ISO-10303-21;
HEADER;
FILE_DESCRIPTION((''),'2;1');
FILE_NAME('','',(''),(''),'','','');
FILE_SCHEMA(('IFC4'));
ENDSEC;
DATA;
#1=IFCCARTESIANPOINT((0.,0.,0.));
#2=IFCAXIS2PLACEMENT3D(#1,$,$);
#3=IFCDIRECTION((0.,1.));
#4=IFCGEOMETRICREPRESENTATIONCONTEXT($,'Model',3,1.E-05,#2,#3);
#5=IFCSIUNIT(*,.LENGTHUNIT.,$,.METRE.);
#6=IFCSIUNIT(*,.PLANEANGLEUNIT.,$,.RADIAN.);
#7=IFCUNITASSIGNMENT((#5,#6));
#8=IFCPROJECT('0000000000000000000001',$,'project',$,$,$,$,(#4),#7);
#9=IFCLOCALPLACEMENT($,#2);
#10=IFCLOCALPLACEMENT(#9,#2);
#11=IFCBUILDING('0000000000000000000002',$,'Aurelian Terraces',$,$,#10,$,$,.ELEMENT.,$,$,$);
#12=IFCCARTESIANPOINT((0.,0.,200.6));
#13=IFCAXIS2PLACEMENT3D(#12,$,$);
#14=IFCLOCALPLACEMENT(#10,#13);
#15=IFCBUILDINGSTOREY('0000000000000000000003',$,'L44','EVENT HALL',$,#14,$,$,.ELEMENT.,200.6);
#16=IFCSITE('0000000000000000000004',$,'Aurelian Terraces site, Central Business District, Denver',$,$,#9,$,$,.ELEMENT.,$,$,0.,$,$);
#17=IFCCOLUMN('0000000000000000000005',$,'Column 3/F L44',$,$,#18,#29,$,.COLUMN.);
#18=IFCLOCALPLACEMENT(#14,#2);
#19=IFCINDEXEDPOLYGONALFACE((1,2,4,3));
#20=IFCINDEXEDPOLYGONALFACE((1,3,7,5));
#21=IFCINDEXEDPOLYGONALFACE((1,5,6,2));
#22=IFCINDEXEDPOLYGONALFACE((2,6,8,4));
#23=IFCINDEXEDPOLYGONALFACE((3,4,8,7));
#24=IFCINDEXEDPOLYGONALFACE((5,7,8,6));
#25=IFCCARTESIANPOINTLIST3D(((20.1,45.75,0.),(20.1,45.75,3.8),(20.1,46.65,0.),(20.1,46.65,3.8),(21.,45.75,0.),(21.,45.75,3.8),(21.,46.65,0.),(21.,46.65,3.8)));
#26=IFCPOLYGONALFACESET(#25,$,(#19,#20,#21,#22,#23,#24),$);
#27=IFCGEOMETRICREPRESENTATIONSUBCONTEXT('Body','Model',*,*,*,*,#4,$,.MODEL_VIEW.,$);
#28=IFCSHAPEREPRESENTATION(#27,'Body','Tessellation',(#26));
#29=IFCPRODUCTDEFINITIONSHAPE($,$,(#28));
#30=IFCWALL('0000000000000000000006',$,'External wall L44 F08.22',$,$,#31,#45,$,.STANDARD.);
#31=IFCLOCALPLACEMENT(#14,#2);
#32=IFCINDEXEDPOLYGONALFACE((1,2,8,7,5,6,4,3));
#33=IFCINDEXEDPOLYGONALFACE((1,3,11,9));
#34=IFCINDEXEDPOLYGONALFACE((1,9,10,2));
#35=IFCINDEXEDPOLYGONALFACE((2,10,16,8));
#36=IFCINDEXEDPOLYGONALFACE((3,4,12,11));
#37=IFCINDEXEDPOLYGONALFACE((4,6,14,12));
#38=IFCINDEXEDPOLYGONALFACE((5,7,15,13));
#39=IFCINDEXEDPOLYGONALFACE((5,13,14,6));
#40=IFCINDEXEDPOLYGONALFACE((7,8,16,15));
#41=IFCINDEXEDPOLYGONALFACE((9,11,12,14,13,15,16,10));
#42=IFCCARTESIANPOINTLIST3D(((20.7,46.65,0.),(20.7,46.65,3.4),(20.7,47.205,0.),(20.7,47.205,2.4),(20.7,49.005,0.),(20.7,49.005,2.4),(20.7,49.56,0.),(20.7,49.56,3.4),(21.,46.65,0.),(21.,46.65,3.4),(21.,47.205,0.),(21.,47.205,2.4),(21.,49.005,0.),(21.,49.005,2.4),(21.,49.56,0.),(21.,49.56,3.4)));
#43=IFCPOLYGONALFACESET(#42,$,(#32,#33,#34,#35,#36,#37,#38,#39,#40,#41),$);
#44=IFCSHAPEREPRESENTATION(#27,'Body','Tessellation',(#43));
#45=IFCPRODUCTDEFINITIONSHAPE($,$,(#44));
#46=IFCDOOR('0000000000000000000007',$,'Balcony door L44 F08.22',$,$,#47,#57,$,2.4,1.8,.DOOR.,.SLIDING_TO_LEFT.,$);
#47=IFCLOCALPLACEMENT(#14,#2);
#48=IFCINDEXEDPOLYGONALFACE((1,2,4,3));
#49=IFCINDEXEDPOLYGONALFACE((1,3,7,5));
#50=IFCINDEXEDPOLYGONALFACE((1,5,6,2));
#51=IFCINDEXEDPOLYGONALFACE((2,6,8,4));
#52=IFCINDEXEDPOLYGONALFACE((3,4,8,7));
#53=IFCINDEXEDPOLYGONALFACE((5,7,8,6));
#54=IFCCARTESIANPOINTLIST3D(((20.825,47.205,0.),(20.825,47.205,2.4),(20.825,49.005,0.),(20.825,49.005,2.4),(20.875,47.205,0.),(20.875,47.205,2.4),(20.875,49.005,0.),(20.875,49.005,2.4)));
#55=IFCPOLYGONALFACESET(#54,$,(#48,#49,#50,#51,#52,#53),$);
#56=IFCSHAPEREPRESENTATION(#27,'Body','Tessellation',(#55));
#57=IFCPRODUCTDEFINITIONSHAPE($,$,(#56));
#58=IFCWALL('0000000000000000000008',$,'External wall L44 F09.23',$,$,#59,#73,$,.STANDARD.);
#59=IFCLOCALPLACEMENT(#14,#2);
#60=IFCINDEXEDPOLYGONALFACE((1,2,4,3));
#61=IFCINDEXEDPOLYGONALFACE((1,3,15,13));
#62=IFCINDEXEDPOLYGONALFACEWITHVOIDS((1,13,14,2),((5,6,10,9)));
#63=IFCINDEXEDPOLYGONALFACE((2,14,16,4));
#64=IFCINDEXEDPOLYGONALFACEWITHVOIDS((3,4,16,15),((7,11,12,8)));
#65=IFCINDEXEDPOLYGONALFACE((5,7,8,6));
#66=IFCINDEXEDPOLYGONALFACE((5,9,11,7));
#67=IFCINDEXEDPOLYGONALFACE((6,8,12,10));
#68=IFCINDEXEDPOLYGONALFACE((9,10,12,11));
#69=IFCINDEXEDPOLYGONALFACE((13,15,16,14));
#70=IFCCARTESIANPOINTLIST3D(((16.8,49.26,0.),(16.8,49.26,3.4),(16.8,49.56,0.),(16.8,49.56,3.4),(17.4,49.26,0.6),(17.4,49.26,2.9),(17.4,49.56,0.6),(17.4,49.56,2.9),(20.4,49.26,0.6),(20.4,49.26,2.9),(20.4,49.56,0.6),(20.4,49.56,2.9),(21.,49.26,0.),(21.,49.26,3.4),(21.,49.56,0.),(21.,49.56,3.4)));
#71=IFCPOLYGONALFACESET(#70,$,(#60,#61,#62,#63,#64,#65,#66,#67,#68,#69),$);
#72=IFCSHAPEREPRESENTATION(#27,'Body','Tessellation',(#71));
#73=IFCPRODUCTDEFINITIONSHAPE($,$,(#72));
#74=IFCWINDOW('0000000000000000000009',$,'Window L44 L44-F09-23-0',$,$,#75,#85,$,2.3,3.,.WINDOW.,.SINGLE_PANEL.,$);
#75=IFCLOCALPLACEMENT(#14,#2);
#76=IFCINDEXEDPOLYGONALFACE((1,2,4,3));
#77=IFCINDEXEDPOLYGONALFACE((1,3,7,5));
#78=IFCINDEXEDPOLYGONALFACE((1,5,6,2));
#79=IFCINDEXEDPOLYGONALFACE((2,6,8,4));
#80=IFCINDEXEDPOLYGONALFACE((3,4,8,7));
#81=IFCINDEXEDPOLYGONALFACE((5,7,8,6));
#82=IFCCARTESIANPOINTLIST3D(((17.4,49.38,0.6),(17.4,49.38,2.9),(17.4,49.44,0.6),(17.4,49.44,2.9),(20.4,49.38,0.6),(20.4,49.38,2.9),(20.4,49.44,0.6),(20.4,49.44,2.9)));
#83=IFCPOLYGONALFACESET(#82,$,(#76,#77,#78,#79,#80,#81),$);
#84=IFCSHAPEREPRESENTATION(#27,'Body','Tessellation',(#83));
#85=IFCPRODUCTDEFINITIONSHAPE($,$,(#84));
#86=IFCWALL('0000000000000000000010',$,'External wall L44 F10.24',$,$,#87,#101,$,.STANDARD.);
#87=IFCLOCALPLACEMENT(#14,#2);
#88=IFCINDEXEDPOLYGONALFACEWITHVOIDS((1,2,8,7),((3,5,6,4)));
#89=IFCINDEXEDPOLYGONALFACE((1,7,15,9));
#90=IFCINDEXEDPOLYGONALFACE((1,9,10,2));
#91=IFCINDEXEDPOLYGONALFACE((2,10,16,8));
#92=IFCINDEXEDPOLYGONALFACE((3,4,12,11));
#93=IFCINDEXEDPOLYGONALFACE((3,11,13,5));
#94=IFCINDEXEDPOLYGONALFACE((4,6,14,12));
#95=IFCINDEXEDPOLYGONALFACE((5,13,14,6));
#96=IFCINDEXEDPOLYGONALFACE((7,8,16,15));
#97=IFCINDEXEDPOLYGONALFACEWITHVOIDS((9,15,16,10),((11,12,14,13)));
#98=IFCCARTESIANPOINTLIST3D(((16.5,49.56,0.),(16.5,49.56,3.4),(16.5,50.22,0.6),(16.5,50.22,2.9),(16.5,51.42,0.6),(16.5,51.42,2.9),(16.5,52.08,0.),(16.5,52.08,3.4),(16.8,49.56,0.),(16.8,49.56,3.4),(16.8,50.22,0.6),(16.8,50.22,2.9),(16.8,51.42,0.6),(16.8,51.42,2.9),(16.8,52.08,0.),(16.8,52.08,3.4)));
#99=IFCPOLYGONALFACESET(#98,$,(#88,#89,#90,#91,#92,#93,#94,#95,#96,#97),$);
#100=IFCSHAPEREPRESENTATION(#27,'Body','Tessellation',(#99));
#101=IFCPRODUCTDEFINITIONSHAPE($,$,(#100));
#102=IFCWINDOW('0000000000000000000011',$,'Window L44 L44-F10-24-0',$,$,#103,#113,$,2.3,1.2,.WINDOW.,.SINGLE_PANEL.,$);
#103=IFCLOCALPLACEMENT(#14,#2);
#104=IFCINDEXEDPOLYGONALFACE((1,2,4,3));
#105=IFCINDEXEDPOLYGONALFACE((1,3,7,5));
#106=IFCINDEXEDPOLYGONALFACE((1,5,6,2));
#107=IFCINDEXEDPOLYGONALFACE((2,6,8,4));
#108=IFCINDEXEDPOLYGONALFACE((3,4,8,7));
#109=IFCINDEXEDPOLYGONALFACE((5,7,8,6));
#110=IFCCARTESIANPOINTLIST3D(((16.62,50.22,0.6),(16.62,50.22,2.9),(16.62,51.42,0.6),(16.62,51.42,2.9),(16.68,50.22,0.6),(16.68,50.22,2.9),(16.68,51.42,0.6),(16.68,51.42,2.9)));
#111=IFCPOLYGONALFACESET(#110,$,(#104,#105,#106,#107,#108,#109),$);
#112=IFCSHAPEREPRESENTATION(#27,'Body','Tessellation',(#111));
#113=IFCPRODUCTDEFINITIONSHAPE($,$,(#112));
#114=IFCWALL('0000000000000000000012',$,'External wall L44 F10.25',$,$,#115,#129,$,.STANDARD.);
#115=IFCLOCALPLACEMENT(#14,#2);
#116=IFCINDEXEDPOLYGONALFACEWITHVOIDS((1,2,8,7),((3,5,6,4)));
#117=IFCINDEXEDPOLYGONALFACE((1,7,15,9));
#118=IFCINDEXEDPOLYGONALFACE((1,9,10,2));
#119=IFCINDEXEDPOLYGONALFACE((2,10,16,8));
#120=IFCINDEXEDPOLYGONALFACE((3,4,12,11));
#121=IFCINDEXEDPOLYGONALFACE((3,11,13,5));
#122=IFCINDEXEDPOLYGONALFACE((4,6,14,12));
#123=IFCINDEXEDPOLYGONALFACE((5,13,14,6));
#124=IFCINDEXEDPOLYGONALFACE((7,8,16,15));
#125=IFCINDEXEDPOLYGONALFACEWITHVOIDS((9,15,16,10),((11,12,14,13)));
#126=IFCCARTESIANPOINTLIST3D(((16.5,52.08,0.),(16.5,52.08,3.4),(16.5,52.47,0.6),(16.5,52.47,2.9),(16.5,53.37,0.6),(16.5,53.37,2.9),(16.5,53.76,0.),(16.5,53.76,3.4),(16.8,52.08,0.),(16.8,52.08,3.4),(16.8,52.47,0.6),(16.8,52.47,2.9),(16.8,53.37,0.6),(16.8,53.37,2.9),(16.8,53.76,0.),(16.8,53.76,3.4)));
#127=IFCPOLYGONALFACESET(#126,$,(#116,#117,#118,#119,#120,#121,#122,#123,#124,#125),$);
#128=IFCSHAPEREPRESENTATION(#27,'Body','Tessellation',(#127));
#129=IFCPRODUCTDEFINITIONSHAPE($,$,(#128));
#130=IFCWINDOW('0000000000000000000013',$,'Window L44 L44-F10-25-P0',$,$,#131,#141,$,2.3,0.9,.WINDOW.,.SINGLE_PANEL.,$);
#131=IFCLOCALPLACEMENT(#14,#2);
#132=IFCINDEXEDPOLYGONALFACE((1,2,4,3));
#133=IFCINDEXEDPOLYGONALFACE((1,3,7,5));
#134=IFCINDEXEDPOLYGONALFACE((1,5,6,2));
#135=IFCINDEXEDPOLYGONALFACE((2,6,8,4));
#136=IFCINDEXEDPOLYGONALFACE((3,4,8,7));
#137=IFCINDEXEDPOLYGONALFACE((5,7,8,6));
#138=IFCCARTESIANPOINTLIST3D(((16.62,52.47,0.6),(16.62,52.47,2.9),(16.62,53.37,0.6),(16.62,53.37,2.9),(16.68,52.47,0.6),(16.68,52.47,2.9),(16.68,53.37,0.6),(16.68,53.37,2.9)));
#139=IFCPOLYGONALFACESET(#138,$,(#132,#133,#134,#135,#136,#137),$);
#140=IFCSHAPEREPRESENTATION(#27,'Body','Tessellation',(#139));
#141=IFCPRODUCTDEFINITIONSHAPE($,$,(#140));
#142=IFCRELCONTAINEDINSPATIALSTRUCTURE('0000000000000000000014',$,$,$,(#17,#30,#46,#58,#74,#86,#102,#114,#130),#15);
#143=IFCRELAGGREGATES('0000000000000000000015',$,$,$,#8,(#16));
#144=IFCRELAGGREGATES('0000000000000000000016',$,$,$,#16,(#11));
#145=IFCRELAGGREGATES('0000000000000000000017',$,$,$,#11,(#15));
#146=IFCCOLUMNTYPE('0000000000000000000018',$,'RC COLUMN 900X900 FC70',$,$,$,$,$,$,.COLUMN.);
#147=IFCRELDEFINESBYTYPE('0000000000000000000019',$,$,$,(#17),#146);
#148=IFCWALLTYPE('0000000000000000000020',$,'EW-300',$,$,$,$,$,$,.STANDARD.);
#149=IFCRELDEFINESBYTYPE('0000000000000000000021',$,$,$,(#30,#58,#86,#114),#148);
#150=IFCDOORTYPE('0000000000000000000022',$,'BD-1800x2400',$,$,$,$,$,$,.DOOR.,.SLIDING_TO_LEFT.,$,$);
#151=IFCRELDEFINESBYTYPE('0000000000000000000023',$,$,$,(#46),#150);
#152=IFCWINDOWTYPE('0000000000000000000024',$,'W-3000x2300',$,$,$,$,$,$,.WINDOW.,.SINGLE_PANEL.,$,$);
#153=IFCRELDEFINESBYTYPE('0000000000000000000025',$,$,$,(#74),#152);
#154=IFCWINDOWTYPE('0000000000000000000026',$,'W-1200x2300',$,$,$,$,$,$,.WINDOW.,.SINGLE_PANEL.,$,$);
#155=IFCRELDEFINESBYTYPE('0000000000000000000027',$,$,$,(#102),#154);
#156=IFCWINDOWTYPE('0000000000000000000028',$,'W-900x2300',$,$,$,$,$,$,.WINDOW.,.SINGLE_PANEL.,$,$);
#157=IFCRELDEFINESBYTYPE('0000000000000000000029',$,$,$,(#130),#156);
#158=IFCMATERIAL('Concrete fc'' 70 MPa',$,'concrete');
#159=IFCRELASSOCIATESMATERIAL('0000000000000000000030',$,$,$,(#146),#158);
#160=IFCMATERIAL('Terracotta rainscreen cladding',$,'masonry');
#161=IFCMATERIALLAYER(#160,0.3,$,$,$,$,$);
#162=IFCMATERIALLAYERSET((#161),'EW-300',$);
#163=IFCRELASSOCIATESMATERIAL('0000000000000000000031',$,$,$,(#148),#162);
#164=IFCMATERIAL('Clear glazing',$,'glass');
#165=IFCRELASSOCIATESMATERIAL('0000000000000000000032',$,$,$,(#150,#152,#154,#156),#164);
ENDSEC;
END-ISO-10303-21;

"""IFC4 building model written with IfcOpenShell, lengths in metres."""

from ifc_helpers import new_model, si_unit, direction, frame, frame_2d, origin, origin_2d, place, context, subcontext, project, spatial, rectangle, extrude, source, transform, mapped, material, layer, layer_set, material_profile, profile_set, type_object, element, fill, save


model = new_model("IFC4")

# Units and contexts
model_context = context("Model", 3, precision=1e-05, world=origin(), true_north=direction((0.0, 1.0)))
body_context = subcontext(model_context, "Body", "Model", "MODEL_VIEW")
ifc_project = project(units=[si_unit("LENGTHUNIT", "METRE"), si_unit("PLANEANGLEUNIT", "RADIAN")], contexts=[model_context])

# Site, building, storey
site_placement = place(None, origin())
site = spatial("IfcSite", under=ifc_project, at=site_placement, Name="Aurelian Terraces site, Central Business District, Denver", CompositionType="ELEMENT", RefElevation=0.0)
building_placement = place(site_placement, origin())
building = spatial("IfcBuilding", under=site, at=building_placement, Name="Aurelian Terraces", CompositionType="ELEMENT")
storey_placement = place(building_placement, frame((0.0, 0.0, 200.6)))
storey = spatial("IfcBuildingStorey", under=building, at=storey_placement, Name="L44", Description="EVENT HALL", CompositionType="ELEMENT", Elevation=200.6)

# Column
ifc_material_1 = material(Name="Concrete fc' 70 MPa", Category="concrete")
ifc_material_profile = material_profile(ifc_material_1, rectangle(XDim=0.9, YDim=0.9, at=origin_2d()))
ifc_profile_set = profile_set([ifc_material_profile], Name="Concrete fc' 70 MPa")
column_type = type_object("IfcColumnType", Name="RC COLUMN 900X900 FC70", PredefinedType="COLUMN", material=ifc_profile_set)
shared_shape_1 = source(origin(), body_context, "Body", "SweptSolid", [
    extrude(rectangle(XDim=0.9, YDim=0.9, at=origin_2d()), origin(), (0.0, 0.0, 1.0), 3.8),
])
column_placement = place(storey_placement, frame((20.55, 46.2, 0.0), z_axis=(0.0, 0.0, 1.0), x_axis=(1.0, 0.0, 0.0)))
element("IfcColumn", 1, at=column_placement, inside=storey, type_object=column_type, Name="Column 3/F L44", PredefinedType="COLUMN", context=body_context, shape_type="MappedRepresentation", body=[
    mapped(shared_shape_1, transform((0.0, 0.0, 0.0), scale=1.0)),
])

# Wall, opening, door
ifc_material_2 = material(Name="Terracotta rainscreen cladding", Category="masonry")
ifc_layer_1 = layer(ifc_material_2, 0.3)
ifc_layer_set_1 = layer_set([ifc_layer_1], Name="EW-300")
wall_type_1 = type_object("IfcWallType", Name="EW-300", PredefinedType="STANDARD", material=ifc_layer_set_1)
shared_shape_2 = source(origin(), body_context, "Body", "SweptSolid", [
    extrude(rectangle(XDim=2.91, YDim=0.3, at=frame_2d((1.455, 0.0))), origin(), (0.0, 0.0, 1.0), 3.4),
])
wall_1_placement = place(storey_placement, frame((20.85, 46.65, 0.0), z_axis=(0.0, 0.0, 1.0), x_axis=(0.0, 1.0, 0.0)))
wall_1 = element("IfcWall", 2, at=wall_1_placement, inside=storey, type_object=wall_type_1, Name="External wall L44 F08.22", PredefinedType="STANDARD", context=body_context, shape_type="MappedRepresentation", body=[
    mapped(shared_shape_2, transform((0.0, 0.0, 0.0), scale=1.0)),
])
shared_shape_3 = source(origin(), body_context, "Body", "SweptSolid", [
    extrude(rectangle(XDim=1.8, YDim=2.4, at=frame_2d((0.9, 1.2))), frame((0.0, 0.16, 0.0), z_axis=(0.0, -1.0, 0.0), x_axis=(1.0, 0.0, 0.0)), (0.0, 0.0, 1.0), 0.32),
])
opening_1_placement = place(wall_1_placement, frame((0.555, 0.0, 0.0)))
opening_1 = element("IfcOpeningElement", 3, at=opening_1_placement, cuts=wall_1, PredefinedType="OPENING", context=body_context, shape_type="MappedRepresentation", body=[
    mapped(shared_shape_3, transform((0.0, 0.0, 0.0), scale=1.0)),
])
ifc_material_3 = material(Name="Clear glazing", Category="glass")
door_type_1 = type_object("IfcDoorType", Name="BD-1800x2400", OperationType="SLIDING_TO_LEFT", PredefinedType="DOOR", material=ifc_material_3)
shared_shape_4 = source(origin(), body_context, "Body", "SweptSolid", [
    extrude(rectangle(XDim=1.8, YDim=2.4, at=frame_2d((0.9, 1.2))), frame((0.0, 0.025, 0.0), z_axis=(0.0, -1.0, 0.0), x_axis=(1.0, 0.0, 0.0)), (0.0, 0.0, 1.0), 0.05),
])
door_1_placement = place(opening_1_placement, origin())
door_1 = element("IfcDoor", 4, at=door_1_placement, inside=storey, type_object=door_type_1, Name="Balcony door L44 F08.22", OperationType="SLIDING_TO_LEFT", OverallHeight=2.4, OverallWidth=1.8, PredefinedType="DOOR", context=body_context, shape_type="MappedRepresentation", body=[
    mapped(shared_shape_4, transform((0.0, 0.0, 0.0), scale=1.0)),
])
fill(opening_1, door_1)

# Walls, openings, windows
shared_shape_5 = source(origin(), body_context, "Body", "SweptSolid", [
    extrude(rectangle(XDim=4.2, YDim=0.3, at=frame_2d((2.1, 0.0))), origin(), (0.0, 0.0, 1.0), 3.4),
])
wall_2_placement = place(storey_placement, frame((21.0, 49.41, 0.0), z_axis=(0.0, 0.0, 1.0), x_axis=(-1.0, 0.0, 0.0)))
wall_2 = element("IfcWall", 5, at=wall_2_placement, inside=storey, type_object=wall_type_1, Name="External wall L44 F09.23", PredefinedType="STANDARD", context=body_context, shape_type="MappedRepresentation", body=[
    mapped(shared_shape_5, transform((0.0, 0.0, 0.0), scale=1.0)),
])
shared_shape_6 = source(origin(), body_context, "Body", "SweptSolid", [
    extrude(rectangle(XDim=3.0, YDim=2.3, at=frame_2d((1.5, 1.15))), frame((0.0, 0.16, 0.0), z_axis=(0.0, -1.0, 0.0), x_axis=(1.0, 0.0, 0.0)), (0.0, 0.0, 1.0), 0.32),
])
opening_2_placement = place(wall_2_placement, frame((0.6, 0.0, 0.6)))
opening_2 = element("IfcOpeningElement", 6, at=opening_2_placement, cuts=wall_2, PredefinedType="OPENING", context=body_context, shape_type="MappedRepresentation", body=[
    mapped(shared_shape_6, transform((0.0, 0.0, 0.0), scale=1.0)),
])
window_type_1 = type_object("IfcWindowType", Name="W-3000x2300", PartitioningType="SINGLE_PANEL", PredefinedType="WINDOW", material=ifc_material_3)
shared_shape_7 = source(origin(), body_context, "Body", "SweptSolid", [
    extrude(rectangle(XDim=3.0, YDim=2.3, at=frame_2d((1.5, 1.15))), frame((0.0, 0.03, 0.0), z_axis=(0.0, -1.0, 0.0), x_axis=(1.0, 0.0, 0.0)), (0.0, 0.0, 1.0), 0.06),
])
window_1_placement = place(opening_2_placement, origin())
window_1 = element("IfcWindow", 7, at=window_1_placement, inside=storey, type_object=window_type_1, Name="Window L44 L44-F09-23-0", OverallHeight=2.3, OverallWidth=3.0, PartitioningType="SINGLE_PANEL", PredefinedType="WINDOW", context=body_context, shape_type="MappedRepresentation", body=[
    mapped(shared_shape_7, transform((0.0, 0.0, 0.0), scale=1.0)),
])
fill(opening_2, window_1)
shared_shape_8 = source(origin(), body_context, "Body", "SweptSolid", [
    extrude(rectangle(XDim=2.52, YDim=0.3, at=frame_2d((1.26, 0.0))), origin(), (0.0, 0.0, 1.0), 3.4),
])
wall_3_placement = place(storey_placement, frame((16.65, 49.56, 0.0), z_axis=(0.0, 0.0, 1.0), x_axis=(0.0, 1.0, 0.0)))
wall_3 = element("IfcWall", 8, at=wall_3_placement, inside=storey, type_object=wall_type_1, Name="External wall L44 F10.24", PredefinedType="STANDARD", context=body_context, shape_type="MappedRepresentation", body=[
    mapped(shared_shape_8, transform((0.0, 0.0, 0.0), scale=1.0)),
])
shared_shape_9 = source(origin(), body_context, "Body", "SweptSolid", [
    extrude(rectangle(XDim=1.2, YDim=2.3, at=frame_2d((0.6, 1.15))), frame((0.0, 0.16, 0.0), z_axis=(0.0, -1.0, 0.0), x_axis=(1.0, 0.0, 0.0)), (0.0, 0.0, 1.0), 0.32),
])
opening_3_placement = place(wall_3_placement, frame((0.66, 0.0, 0.6)))
opening_3 = element("IfcOpeningElement", 9, at=opening_3_placement, cuts=wall_3, PredefinedType="OPENING", context=body_context, shape_type="MappedRepresentation", body=[
    mapped(shared_shape_9, transform((0.0, 0.0, 0.0), scale=1.0)),
])
window_type_2 = type_object("IfcWindowType", Name="W-1200x2300", PartitioningType="SINGLE_PANEL", PredefinedType="WINDOW", material=ifc_material_3)
shared_shape_10 = source(origin(), body_context, "Body", "SweptSolid", [
    extrude(rectangle(XDim=1.2, YDim=2.3, at=frame_2d((0.6, 1.15))), frame((0.0, 0.03, 0.0), z_axis=(0.0, -1.0, 0.0), x_axis=(1.0, 0.0, 0.0)), (0.0, 0.0, 1.0), 0.06),
])
window_2_placement = place(opening_3_placement, origin())
window_2 = element("IfcWindow", 10, at=window_2_placement, inside=storey, type_object=window_type_2, Name="Window L44 L44-F10-24-0", OverallHeight=2.3, OverallWidth=1.2, PartitioningType="SINGLE_PANEL", PredefinedType="WINDOW", context=body_context, shape_type="MappedRepresentation", body=[
    mapped(shared_shape_10, transform((0.0, 0.0, 0.0), scale=1.0)),
])
fill(opening_3, window_2)
shared_shape_11 = source(origin(), body_context, "Body", "SweptSolid", [
    extrude(rectangle(XDim=1.68, YDim=0.3, at=frame_2d((0.84, 0.0))), origin(), (0.0, 0.0, 1.0), 3.4),
])
wall_4_placement = place(storey_placement, frame((16.65, 52.08, 0.0), z_axis=(0.0, 0.0, 1.0), x_axis=(0.0, 1.0, 0.0)))
wall_4 = element("IfcWall", 11, at=wall_4_placement, inside=storey, type_object=wall_type_1, Name="External wall L44 F10.25", PredefinedType="STANDARD", context=body_context, shape_type="MappedRepresentation", body=[
    mapped(shared_shape_11, transform((0.0, 0.0, 0.0), scale=1.0)),
])
shared_shape_12 = source(origin(), body_context, "Body", "SweptSolid", [
    extrude(rectangle(XDim=0.9, YDim=2.3, at=frame_2d((0.45, 1.15))), frame((0.0, 0.16, 0.0), z_axis=(0.0, -1.0, 0.0), x_axis=(1.0, 0.0, 0.0)), (0.0, 0.0, 1.0), 0.32),
])
opening_4_placement = place(wall_4_placement, frame((0.39, 0.0, 0.6)))
opening_4 = element("IfcOpeningElement", 12, at=opening_4_placement, cuts=wall_4, PredefinedType="OPENING", context=body_context, shape_type="MappedRepresentation", body=[
    mapped(shared_shape_12, transform((0.0, 0.0, 0.0), scale=1.0)),
])
window_type_3 = type_object("IfcWindowType", Name="W-900x2300", PartitioningType="SINGLE_PANEL", PredefinedType="WINDOW", material=ifc_material_3)
shared_shape_13 = source(origin(), body_context, "Body", "SweptSolid", [
    extrude(rectangle(XDim=0.9, YDim=2.3, at=frame_2d((0.45, 1.15))), frame((0.0, 0.03, 0.0), z_axis=(0.0, -1.0, 0.0), x_axis=(1.0, 0.0, 0.0)), (0.0, 0.0, 1.0), 0.06),
])
window_3_placement = place(opening_4_placement, origin())
window_3 = element("IfcWindow", 13, at=window_3_placement, inside=storey, type_object=window_type_3, Name="Window L44 L44-F10-25-P0", OverallHeight=2.3, OverallWidth=0.9, PartitioningType="SINGLE_PANEL", PredefinedType="WINDOW", context=body_context, shape_type="MappedRepresentation", body=[
    mapped(shared_shape_13, transform((0.0, 0.0, 0.0), scale=1.0)),
])
fill(opening_4, window_3)

save(model, "model.ifc")
